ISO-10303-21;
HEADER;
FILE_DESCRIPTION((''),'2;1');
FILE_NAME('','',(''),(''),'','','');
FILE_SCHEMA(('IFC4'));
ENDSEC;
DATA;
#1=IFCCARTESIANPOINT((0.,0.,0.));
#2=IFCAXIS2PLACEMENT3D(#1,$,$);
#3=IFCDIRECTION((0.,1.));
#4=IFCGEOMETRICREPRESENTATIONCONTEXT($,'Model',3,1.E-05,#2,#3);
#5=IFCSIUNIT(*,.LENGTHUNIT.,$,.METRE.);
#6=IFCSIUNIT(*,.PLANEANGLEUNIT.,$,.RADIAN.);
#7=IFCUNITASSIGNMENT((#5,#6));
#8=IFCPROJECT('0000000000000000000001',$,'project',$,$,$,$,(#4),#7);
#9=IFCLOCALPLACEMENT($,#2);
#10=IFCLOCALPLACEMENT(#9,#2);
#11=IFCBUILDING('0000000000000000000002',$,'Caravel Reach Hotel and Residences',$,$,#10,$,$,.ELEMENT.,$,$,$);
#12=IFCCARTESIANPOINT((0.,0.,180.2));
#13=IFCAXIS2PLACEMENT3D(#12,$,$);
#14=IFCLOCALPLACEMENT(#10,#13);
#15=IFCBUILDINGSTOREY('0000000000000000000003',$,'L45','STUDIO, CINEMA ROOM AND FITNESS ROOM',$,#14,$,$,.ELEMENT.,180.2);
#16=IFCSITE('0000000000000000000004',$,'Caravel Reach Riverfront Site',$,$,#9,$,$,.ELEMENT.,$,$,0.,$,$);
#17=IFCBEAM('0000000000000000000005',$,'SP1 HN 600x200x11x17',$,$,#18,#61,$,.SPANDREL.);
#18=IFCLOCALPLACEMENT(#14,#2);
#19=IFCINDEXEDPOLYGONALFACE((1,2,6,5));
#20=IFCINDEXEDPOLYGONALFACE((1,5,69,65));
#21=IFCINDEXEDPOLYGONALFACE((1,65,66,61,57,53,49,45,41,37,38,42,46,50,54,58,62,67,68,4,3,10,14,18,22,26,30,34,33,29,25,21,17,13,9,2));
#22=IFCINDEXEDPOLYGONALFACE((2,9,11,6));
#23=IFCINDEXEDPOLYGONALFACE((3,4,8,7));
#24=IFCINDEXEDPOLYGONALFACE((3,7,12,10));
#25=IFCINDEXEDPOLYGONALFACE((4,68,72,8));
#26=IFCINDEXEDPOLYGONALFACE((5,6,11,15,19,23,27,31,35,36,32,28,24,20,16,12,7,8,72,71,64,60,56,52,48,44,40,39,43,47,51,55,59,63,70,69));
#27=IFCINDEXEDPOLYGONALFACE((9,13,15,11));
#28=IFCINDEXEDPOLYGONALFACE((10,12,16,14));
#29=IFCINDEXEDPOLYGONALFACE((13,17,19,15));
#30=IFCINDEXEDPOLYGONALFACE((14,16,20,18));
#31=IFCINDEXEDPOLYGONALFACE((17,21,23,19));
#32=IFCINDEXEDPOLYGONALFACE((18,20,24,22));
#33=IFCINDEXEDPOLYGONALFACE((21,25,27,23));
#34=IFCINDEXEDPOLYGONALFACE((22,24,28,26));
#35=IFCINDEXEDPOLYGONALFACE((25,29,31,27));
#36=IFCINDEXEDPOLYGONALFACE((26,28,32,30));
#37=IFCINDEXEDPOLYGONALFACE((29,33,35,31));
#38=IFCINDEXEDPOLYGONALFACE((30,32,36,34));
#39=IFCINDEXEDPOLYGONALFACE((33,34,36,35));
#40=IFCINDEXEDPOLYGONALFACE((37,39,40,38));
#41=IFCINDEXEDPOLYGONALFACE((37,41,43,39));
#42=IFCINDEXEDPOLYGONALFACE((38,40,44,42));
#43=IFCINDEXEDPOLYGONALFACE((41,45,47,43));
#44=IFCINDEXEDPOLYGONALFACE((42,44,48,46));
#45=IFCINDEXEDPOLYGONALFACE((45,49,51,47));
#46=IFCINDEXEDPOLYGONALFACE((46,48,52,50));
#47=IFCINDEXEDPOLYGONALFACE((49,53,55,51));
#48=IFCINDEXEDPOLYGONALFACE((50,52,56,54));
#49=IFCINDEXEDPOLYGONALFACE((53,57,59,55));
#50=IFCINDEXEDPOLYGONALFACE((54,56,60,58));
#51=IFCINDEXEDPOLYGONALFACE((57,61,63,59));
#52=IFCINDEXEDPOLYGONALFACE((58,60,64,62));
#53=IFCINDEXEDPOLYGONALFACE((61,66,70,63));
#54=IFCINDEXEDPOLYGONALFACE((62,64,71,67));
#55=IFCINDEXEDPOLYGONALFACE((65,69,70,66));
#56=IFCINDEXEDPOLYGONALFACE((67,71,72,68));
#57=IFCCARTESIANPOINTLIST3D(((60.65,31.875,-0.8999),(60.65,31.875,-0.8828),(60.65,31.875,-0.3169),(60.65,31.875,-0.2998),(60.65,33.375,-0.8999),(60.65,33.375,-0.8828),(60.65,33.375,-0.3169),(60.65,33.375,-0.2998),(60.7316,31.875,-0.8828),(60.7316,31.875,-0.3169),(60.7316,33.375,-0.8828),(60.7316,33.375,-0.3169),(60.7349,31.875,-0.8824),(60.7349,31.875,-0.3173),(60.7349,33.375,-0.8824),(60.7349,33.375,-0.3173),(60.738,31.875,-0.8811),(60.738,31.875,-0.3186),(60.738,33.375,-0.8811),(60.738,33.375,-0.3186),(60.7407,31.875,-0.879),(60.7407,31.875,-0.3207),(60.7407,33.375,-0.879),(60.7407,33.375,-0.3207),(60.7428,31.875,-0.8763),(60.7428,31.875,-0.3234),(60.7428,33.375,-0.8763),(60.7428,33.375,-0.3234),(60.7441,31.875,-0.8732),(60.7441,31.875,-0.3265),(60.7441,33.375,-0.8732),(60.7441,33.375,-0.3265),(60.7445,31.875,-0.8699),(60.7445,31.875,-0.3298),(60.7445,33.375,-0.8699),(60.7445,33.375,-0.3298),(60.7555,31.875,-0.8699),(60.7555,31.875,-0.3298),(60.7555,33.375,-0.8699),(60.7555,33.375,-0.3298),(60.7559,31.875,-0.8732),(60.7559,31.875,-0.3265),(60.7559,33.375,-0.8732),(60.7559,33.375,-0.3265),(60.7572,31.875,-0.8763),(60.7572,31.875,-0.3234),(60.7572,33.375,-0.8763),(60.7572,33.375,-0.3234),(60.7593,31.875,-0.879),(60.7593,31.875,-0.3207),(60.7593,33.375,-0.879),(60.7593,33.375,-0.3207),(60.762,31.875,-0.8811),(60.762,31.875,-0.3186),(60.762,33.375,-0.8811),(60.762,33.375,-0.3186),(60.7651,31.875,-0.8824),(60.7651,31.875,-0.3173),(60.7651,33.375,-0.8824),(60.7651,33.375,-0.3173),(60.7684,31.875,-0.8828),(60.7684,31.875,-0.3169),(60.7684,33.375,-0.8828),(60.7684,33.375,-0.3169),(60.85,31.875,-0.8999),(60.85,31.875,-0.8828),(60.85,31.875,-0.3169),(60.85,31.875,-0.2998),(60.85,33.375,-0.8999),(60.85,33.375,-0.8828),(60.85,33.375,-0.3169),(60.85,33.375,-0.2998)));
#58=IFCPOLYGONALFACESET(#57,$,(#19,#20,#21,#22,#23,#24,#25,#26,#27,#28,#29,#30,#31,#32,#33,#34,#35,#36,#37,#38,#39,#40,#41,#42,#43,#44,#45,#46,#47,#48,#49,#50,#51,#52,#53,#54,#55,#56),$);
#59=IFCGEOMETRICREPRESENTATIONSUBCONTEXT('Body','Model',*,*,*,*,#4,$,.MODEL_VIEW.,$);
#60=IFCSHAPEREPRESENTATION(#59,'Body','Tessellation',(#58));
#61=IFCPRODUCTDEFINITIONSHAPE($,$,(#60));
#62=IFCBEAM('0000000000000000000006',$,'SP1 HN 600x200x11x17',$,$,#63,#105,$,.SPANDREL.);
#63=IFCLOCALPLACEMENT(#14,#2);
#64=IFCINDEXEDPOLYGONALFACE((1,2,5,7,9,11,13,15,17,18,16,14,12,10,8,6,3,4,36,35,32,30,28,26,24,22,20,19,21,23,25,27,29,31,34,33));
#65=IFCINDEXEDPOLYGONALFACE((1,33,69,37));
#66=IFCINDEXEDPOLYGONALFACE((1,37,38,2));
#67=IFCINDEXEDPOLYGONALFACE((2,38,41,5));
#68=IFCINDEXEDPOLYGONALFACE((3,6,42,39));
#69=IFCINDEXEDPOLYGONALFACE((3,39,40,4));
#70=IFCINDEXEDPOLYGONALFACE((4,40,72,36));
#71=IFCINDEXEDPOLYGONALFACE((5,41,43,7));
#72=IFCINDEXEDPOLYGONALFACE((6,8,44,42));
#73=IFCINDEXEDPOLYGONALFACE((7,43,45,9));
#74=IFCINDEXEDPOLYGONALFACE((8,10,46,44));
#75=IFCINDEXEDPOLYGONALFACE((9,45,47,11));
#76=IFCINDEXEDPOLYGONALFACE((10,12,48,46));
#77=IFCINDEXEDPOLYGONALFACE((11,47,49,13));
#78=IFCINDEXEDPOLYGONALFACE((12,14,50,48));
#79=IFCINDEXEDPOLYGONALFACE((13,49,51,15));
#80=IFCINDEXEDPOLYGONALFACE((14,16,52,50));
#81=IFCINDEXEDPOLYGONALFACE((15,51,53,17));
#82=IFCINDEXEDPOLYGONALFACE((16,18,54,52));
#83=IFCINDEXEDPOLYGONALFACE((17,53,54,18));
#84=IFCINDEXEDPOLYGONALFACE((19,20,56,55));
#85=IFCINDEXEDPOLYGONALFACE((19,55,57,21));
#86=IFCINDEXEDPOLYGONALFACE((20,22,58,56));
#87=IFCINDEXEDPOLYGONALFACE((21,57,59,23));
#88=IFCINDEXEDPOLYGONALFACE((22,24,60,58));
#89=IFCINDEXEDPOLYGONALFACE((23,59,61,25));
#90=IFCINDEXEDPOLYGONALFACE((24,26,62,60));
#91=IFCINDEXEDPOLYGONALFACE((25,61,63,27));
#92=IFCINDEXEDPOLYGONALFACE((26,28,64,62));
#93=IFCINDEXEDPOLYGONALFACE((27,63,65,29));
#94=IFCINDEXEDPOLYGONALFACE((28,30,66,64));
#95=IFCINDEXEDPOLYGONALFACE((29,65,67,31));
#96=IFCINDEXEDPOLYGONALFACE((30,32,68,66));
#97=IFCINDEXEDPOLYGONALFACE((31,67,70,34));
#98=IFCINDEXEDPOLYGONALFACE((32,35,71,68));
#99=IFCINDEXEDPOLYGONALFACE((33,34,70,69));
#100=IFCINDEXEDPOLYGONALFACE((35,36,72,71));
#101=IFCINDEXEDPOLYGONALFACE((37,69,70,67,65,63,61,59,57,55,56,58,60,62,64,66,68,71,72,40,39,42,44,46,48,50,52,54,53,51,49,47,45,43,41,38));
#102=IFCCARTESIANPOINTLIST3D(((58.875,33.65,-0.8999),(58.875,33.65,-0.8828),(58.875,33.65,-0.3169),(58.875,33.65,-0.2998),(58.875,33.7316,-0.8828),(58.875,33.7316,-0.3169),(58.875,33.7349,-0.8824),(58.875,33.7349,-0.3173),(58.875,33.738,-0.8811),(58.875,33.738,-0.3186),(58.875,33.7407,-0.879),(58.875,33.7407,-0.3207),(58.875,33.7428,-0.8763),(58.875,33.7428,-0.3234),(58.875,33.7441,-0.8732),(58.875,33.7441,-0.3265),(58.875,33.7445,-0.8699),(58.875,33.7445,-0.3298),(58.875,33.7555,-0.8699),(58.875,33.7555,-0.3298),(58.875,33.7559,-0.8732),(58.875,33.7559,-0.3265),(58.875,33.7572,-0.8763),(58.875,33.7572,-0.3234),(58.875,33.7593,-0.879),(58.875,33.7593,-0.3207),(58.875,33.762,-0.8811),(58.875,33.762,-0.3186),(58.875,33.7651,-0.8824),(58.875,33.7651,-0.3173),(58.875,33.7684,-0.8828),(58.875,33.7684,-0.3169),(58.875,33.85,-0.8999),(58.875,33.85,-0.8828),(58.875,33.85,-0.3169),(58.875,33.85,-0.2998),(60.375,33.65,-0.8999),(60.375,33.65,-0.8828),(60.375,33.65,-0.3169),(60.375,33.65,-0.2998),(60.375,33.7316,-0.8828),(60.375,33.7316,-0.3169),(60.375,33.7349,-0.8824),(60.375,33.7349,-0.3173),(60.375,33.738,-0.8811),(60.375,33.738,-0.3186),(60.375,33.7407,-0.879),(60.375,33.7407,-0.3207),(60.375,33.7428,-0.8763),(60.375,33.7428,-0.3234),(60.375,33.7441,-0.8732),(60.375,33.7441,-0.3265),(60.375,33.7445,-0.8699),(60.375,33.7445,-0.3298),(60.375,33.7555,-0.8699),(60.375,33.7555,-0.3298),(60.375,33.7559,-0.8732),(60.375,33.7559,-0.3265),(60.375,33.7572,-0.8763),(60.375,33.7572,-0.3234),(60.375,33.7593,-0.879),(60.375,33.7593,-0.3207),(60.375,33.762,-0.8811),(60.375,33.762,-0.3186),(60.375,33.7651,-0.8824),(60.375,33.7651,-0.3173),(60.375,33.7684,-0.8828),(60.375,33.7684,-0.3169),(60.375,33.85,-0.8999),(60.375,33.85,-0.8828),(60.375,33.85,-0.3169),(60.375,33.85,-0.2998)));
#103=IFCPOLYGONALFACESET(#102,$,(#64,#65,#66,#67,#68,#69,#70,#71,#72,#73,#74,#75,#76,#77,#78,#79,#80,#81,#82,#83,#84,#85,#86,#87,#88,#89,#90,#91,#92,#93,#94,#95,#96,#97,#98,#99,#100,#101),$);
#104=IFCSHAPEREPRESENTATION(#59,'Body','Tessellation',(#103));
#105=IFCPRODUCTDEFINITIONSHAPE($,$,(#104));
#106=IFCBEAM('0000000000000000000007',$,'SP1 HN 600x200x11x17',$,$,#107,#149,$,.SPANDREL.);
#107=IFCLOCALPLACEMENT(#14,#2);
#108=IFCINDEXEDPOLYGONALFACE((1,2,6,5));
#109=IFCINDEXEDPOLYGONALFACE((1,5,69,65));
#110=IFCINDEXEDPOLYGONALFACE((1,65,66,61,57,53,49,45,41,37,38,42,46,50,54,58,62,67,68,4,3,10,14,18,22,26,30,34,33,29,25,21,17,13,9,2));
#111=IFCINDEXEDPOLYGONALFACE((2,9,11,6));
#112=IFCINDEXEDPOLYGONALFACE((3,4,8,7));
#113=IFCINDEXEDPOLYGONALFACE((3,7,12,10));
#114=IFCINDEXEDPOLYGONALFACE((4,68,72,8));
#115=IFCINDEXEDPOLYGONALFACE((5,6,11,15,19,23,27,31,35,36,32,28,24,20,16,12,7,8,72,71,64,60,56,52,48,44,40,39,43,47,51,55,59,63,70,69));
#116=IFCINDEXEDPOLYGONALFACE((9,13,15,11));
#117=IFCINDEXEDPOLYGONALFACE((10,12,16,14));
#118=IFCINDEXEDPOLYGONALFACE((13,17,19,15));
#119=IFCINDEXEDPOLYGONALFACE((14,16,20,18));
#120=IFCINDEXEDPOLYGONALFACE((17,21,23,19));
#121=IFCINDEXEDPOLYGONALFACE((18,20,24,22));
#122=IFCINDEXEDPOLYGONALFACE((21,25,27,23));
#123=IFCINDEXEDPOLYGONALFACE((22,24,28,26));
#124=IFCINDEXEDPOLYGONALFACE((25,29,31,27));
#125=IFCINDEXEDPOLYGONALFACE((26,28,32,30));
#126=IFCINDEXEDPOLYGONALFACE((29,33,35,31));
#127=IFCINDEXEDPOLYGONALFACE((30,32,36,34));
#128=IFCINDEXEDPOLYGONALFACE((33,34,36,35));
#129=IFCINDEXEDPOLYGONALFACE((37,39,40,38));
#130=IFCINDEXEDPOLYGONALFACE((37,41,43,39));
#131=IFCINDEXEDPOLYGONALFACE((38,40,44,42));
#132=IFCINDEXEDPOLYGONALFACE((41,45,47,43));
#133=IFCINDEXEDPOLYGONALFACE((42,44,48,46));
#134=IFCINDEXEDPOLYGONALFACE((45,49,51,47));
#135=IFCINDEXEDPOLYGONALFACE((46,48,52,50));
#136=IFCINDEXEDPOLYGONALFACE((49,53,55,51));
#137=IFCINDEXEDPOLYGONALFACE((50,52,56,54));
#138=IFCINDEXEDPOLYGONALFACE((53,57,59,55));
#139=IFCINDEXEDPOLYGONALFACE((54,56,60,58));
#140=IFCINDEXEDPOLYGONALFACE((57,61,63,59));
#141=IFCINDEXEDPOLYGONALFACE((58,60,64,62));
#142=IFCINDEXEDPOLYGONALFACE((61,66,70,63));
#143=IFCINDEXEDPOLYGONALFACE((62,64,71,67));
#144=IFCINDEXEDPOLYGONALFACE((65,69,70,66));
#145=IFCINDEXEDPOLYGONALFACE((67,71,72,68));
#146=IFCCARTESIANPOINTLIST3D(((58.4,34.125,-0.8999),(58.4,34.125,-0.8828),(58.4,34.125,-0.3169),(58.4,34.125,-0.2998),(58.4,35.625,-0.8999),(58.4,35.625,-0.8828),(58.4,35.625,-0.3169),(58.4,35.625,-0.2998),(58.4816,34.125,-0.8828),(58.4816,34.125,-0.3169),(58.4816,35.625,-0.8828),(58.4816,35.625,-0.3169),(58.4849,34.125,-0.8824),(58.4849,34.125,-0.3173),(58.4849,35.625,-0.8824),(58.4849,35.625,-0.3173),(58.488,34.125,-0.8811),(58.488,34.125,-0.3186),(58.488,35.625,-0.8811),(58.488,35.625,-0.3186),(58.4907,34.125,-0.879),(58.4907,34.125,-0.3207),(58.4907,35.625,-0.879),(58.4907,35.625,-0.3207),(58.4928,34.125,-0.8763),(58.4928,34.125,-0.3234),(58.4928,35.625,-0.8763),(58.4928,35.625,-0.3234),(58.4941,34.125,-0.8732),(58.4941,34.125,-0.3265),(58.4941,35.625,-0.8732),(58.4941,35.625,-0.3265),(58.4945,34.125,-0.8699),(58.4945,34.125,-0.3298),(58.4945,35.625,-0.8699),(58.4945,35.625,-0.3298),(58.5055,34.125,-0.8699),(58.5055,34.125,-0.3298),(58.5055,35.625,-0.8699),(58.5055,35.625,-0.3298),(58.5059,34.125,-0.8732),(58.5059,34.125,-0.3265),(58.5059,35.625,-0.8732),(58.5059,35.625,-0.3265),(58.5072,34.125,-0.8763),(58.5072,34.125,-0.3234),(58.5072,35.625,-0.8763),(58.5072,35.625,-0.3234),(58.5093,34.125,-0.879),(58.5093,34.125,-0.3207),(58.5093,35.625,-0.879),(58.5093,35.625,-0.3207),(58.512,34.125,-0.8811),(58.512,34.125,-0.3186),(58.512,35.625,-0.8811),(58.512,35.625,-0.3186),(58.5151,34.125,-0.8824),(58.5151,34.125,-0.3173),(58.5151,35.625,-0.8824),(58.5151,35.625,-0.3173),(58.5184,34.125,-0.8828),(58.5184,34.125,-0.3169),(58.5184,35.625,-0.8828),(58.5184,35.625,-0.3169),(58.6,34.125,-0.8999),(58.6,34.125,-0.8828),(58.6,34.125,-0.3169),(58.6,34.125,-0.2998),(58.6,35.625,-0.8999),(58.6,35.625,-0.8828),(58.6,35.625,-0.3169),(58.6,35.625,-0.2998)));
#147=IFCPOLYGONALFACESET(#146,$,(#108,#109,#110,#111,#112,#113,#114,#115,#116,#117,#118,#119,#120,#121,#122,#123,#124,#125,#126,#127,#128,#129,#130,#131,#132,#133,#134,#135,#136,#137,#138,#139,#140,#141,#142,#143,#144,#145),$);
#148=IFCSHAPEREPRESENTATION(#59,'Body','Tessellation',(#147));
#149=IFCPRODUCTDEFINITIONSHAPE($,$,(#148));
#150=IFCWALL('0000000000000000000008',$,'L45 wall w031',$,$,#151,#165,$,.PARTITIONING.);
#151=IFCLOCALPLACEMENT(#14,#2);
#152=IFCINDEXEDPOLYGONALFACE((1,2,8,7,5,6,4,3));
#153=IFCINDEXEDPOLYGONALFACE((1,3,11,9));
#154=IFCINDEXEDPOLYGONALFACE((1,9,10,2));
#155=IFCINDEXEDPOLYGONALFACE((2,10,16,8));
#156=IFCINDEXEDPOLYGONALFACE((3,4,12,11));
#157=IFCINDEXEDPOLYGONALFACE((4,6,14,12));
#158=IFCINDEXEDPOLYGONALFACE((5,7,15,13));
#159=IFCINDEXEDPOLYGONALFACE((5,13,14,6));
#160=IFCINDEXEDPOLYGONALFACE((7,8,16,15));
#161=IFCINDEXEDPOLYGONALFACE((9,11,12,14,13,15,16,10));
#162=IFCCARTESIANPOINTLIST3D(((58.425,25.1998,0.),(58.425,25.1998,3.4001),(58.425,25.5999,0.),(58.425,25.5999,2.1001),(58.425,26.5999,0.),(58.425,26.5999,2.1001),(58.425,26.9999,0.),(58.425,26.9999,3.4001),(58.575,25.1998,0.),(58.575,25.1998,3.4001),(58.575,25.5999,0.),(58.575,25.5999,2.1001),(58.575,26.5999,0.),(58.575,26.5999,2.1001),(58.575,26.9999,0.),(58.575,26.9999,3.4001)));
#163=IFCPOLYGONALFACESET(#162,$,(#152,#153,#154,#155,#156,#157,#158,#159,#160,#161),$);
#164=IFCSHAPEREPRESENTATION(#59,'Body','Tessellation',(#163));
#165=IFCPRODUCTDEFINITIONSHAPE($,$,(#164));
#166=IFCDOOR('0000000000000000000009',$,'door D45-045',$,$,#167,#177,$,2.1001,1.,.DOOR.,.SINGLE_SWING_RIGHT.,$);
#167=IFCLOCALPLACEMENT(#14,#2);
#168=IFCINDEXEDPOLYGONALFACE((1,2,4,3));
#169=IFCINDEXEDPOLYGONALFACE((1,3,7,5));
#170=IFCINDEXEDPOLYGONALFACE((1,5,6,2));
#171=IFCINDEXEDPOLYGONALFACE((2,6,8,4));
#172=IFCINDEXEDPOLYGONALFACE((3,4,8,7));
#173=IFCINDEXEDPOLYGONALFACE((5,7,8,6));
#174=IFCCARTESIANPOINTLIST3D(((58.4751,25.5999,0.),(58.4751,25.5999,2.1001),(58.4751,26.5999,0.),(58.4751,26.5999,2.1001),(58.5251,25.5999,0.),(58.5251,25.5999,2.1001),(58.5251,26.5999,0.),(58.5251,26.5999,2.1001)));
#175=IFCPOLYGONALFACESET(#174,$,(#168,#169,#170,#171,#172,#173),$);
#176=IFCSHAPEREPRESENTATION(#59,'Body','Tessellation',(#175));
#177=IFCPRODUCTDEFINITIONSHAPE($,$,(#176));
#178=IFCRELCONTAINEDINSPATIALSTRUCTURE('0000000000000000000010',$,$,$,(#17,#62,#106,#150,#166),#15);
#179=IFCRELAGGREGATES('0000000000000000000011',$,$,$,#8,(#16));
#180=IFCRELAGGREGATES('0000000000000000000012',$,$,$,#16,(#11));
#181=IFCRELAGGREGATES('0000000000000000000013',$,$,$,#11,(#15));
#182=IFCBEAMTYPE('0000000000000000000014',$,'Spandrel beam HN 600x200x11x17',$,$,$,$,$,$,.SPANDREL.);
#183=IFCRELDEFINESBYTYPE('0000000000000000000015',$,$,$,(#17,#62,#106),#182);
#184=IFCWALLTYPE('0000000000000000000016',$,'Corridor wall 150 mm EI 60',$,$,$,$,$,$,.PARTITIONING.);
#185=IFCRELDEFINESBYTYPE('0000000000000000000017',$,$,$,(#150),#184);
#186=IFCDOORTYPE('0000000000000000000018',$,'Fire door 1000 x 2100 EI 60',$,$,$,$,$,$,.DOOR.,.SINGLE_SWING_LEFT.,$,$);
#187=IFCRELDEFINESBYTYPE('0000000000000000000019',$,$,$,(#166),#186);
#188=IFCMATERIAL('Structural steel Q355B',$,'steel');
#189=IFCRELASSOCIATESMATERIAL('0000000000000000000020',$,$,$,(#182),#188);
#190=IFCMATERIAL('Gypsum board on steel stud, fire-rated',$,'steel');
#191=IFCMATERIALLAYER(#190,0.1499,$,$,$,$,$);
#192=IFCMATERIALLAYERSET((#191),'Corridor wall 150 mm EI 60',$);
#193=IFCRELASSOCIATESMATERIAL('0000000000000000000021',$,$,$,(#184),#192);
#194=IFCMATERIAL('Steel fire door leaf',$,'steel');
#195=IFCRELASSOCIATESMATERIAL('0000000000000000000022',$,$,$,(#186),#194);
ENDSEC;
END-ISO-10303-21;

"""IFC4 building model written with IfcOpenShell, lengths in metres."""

from ifc_helpers import new_model, si_unit, direction, frame, frame_2d, origin, origin_2d, place, context, subcontext, project, spatial, rectangle, i_section, extrude, material, layer, layer_set, material_profile, profile_set, type_object, element, fill, save


model = new_model("IFC4")

# Units and contexts
model_context = context("Model", 3, precision=1e-05, world=origin(), true_north=direction((0.0, 1.0)))
body_context = subcontext(model_context, "Body", "Model", "MODEL_VIEW")
ifc_project = project(units=[si_unit("LENGTHUNIT", "METRE"), si_unit("PLANEANGLEUNIT", "RADIAN")], contexts=[model_context])

# Site, building, storey
site_placement = place(None, origin())
site = spatial("IfcSite", under=ifc_project, at=site_placement, Name="Caravel Reach Riverfront Site", CompositionType="ELEMENT", RefElevation=0.0)
building_placement = place(site_placement, origin())
building = spatial("IfcBuilding", under=site, at=building_placement, Name="Caravel Reach Hotel and Residences", CompositionType="ELEMENT")
storey_placement = place(building_placement, frame((0.0, 0.0, 180.2)))
storey = spatial("IfcBuildingStorey", under=building, at=storey_placement, Name="L45", Description="STUDIO, CINEMA ROOM AND FITNESS ROOM", CompositionType="ELEMENT", Elevation=180.2)

# Beams
ifc_material_1 = material(Name="Structural steel Q355B", Category="steel")
ifc_material_profile_1 = material_profile(ifc_material_1, i_section(OverallWidth=0.2, OverallDepth=0.6001, WebThickness=0.011, FlangeThickness=0.0171, FilletRadius=0.0129, at=origin_2d()), Name="HN 600x200x11x17")
ifc_profile_set_1 = profile_set([ifc_material_profile_1], Name="Structural steel Q355B")
beam_type = type_object("IfcBeamType", Name="Spandrel beam HN 600x200x11x17", PredefinedType="SPANDREL", material=ifc_profile_set_1)
for number, where, z_axis, x_axis, name in (
    (1, (60.75, 31.875, -0.5999), (0.0, 1.0, 0.0), (-1.0, 0.0, 0.0), "SP1 HN 600x200x11x17"),
    (2, (60.375, 33.75, -0.5999), (-1.0, 0.0, 0.0), (0.0, -1.0, 0.0), "SP1 HN 600x200x11x17"),
    (3, (58.5, 34.125, -0.5999), (0.0, 1.0, 0.0), (-1.0, 0.0, 0.0), "SP1 HN 600x200x11x17"),
):
    element("IfcBeam", number, at=place(storey_placement, frame(where, z_axis=z_axis, x_axis=x_axis)), inside=storey, type_object=beam_type, Name=name, PredefinedType="SPANDREL", context=body_context, shape_type="SweptSolid", body=[
        extrude(i_section(OverallWidth=0.2, OverallDepth=0.6001, WebThickness=0.011, FlangeThickness=0.0171, FilletRadius=0.0129, at=origin_2d()), origin(), (0.0, 0.0, 1.0), 1.5),
    ])

# Wall, opening, door
ifc_material_2 = material(Name="Gypsum board on steel stud, fire-rated", Category="steel")
ifc_layer_1 = layer(ifc_material_2, 0.1499)
ifc_layer_set_1 = layer_set([ifc_layer_1], Name="Corridor wall 150 mm EI 60")
wall_type_1 = type_object("IfcWallType", Name="Corridor wall 150 mm EI 60", PredefinedType="PARTITIONING", material=ifc_layer_set_1)
wall_1_placement = place(storey_placement, frame((58.5, 25.2, 0.0), z_axis=(0.0, 0.0, 1.0), x_axis=(0.0, 1.0, 0.0)))
wall_1 = element("IfcWall", 4, at=wall_1_placement, inside=storey, type_object=wall_type_1, Name="L45 wall w031", PredefinedType="PARTITIONING", context=body_context, shape_type="SweptSolid", body=[
    extrude(rectangle(XDim=1.8, YDim=0.1499, at=frame_2d((0.8999, 0.0))), origin(), (0.0, 0.0, 1.0), 3.4001),
])
opening_1_placement = place(wall_1_placement, frame((0.3999, 0.0, 0.0)))
opening_1 = element("IfcOpeningElement", 5, at=opening_1_placement, cuts=wall_1, PredefinedType="OPENING", context=body_context, shape_type="SweptSolid", body=[
    extrude(rectangle(XDim=1.0, YDim=2.1001, at=frame_2d((0.5, 1.05))), frame((0.0, 0.085, 0.0), z_axis=(0.0, -1.0, 0.0), x_axis=(1.0, 0.0, 0.0)), (0.0, 0.0, 1.0), 0.1699),
])
ifc_material_3 = material(Name="Steel fire door leaf", Category="steel")
door_type = type_object("IfcDoorType", Name="Fire door 1000 x 2100 EI 60", OperationType="SINGLE_SWING_LEFT", PredefinedType="DOOR", material=ifc_material_3)
door_placement = place(opening_1_placement, origin())
door = element("IfcDoor", 6, at=door_placement, inside=storey, type_object=door_type, Name="door D45-045", OperationType="SINGLE_SWING_RIGHT", OverallHeight=2.1001, OverallWidth=1.0, PredefinedType="DOOR", context=body_context, shape_type="SweptSolid", body=[
    extrude(rectangle(XDim=1.0, YDim=2.1001, at=frame_2d((0.5, 1.05))), frame((0.0, 0.0249, 0.0), z_axis=(0.0, -1.0, 0.0), x_axis=(1.0, 0.0, 0.0)), (0.0, 0.0, 1.0), 0.05),
])
fill(opening_1, door)

save(model, "model.ifc")
